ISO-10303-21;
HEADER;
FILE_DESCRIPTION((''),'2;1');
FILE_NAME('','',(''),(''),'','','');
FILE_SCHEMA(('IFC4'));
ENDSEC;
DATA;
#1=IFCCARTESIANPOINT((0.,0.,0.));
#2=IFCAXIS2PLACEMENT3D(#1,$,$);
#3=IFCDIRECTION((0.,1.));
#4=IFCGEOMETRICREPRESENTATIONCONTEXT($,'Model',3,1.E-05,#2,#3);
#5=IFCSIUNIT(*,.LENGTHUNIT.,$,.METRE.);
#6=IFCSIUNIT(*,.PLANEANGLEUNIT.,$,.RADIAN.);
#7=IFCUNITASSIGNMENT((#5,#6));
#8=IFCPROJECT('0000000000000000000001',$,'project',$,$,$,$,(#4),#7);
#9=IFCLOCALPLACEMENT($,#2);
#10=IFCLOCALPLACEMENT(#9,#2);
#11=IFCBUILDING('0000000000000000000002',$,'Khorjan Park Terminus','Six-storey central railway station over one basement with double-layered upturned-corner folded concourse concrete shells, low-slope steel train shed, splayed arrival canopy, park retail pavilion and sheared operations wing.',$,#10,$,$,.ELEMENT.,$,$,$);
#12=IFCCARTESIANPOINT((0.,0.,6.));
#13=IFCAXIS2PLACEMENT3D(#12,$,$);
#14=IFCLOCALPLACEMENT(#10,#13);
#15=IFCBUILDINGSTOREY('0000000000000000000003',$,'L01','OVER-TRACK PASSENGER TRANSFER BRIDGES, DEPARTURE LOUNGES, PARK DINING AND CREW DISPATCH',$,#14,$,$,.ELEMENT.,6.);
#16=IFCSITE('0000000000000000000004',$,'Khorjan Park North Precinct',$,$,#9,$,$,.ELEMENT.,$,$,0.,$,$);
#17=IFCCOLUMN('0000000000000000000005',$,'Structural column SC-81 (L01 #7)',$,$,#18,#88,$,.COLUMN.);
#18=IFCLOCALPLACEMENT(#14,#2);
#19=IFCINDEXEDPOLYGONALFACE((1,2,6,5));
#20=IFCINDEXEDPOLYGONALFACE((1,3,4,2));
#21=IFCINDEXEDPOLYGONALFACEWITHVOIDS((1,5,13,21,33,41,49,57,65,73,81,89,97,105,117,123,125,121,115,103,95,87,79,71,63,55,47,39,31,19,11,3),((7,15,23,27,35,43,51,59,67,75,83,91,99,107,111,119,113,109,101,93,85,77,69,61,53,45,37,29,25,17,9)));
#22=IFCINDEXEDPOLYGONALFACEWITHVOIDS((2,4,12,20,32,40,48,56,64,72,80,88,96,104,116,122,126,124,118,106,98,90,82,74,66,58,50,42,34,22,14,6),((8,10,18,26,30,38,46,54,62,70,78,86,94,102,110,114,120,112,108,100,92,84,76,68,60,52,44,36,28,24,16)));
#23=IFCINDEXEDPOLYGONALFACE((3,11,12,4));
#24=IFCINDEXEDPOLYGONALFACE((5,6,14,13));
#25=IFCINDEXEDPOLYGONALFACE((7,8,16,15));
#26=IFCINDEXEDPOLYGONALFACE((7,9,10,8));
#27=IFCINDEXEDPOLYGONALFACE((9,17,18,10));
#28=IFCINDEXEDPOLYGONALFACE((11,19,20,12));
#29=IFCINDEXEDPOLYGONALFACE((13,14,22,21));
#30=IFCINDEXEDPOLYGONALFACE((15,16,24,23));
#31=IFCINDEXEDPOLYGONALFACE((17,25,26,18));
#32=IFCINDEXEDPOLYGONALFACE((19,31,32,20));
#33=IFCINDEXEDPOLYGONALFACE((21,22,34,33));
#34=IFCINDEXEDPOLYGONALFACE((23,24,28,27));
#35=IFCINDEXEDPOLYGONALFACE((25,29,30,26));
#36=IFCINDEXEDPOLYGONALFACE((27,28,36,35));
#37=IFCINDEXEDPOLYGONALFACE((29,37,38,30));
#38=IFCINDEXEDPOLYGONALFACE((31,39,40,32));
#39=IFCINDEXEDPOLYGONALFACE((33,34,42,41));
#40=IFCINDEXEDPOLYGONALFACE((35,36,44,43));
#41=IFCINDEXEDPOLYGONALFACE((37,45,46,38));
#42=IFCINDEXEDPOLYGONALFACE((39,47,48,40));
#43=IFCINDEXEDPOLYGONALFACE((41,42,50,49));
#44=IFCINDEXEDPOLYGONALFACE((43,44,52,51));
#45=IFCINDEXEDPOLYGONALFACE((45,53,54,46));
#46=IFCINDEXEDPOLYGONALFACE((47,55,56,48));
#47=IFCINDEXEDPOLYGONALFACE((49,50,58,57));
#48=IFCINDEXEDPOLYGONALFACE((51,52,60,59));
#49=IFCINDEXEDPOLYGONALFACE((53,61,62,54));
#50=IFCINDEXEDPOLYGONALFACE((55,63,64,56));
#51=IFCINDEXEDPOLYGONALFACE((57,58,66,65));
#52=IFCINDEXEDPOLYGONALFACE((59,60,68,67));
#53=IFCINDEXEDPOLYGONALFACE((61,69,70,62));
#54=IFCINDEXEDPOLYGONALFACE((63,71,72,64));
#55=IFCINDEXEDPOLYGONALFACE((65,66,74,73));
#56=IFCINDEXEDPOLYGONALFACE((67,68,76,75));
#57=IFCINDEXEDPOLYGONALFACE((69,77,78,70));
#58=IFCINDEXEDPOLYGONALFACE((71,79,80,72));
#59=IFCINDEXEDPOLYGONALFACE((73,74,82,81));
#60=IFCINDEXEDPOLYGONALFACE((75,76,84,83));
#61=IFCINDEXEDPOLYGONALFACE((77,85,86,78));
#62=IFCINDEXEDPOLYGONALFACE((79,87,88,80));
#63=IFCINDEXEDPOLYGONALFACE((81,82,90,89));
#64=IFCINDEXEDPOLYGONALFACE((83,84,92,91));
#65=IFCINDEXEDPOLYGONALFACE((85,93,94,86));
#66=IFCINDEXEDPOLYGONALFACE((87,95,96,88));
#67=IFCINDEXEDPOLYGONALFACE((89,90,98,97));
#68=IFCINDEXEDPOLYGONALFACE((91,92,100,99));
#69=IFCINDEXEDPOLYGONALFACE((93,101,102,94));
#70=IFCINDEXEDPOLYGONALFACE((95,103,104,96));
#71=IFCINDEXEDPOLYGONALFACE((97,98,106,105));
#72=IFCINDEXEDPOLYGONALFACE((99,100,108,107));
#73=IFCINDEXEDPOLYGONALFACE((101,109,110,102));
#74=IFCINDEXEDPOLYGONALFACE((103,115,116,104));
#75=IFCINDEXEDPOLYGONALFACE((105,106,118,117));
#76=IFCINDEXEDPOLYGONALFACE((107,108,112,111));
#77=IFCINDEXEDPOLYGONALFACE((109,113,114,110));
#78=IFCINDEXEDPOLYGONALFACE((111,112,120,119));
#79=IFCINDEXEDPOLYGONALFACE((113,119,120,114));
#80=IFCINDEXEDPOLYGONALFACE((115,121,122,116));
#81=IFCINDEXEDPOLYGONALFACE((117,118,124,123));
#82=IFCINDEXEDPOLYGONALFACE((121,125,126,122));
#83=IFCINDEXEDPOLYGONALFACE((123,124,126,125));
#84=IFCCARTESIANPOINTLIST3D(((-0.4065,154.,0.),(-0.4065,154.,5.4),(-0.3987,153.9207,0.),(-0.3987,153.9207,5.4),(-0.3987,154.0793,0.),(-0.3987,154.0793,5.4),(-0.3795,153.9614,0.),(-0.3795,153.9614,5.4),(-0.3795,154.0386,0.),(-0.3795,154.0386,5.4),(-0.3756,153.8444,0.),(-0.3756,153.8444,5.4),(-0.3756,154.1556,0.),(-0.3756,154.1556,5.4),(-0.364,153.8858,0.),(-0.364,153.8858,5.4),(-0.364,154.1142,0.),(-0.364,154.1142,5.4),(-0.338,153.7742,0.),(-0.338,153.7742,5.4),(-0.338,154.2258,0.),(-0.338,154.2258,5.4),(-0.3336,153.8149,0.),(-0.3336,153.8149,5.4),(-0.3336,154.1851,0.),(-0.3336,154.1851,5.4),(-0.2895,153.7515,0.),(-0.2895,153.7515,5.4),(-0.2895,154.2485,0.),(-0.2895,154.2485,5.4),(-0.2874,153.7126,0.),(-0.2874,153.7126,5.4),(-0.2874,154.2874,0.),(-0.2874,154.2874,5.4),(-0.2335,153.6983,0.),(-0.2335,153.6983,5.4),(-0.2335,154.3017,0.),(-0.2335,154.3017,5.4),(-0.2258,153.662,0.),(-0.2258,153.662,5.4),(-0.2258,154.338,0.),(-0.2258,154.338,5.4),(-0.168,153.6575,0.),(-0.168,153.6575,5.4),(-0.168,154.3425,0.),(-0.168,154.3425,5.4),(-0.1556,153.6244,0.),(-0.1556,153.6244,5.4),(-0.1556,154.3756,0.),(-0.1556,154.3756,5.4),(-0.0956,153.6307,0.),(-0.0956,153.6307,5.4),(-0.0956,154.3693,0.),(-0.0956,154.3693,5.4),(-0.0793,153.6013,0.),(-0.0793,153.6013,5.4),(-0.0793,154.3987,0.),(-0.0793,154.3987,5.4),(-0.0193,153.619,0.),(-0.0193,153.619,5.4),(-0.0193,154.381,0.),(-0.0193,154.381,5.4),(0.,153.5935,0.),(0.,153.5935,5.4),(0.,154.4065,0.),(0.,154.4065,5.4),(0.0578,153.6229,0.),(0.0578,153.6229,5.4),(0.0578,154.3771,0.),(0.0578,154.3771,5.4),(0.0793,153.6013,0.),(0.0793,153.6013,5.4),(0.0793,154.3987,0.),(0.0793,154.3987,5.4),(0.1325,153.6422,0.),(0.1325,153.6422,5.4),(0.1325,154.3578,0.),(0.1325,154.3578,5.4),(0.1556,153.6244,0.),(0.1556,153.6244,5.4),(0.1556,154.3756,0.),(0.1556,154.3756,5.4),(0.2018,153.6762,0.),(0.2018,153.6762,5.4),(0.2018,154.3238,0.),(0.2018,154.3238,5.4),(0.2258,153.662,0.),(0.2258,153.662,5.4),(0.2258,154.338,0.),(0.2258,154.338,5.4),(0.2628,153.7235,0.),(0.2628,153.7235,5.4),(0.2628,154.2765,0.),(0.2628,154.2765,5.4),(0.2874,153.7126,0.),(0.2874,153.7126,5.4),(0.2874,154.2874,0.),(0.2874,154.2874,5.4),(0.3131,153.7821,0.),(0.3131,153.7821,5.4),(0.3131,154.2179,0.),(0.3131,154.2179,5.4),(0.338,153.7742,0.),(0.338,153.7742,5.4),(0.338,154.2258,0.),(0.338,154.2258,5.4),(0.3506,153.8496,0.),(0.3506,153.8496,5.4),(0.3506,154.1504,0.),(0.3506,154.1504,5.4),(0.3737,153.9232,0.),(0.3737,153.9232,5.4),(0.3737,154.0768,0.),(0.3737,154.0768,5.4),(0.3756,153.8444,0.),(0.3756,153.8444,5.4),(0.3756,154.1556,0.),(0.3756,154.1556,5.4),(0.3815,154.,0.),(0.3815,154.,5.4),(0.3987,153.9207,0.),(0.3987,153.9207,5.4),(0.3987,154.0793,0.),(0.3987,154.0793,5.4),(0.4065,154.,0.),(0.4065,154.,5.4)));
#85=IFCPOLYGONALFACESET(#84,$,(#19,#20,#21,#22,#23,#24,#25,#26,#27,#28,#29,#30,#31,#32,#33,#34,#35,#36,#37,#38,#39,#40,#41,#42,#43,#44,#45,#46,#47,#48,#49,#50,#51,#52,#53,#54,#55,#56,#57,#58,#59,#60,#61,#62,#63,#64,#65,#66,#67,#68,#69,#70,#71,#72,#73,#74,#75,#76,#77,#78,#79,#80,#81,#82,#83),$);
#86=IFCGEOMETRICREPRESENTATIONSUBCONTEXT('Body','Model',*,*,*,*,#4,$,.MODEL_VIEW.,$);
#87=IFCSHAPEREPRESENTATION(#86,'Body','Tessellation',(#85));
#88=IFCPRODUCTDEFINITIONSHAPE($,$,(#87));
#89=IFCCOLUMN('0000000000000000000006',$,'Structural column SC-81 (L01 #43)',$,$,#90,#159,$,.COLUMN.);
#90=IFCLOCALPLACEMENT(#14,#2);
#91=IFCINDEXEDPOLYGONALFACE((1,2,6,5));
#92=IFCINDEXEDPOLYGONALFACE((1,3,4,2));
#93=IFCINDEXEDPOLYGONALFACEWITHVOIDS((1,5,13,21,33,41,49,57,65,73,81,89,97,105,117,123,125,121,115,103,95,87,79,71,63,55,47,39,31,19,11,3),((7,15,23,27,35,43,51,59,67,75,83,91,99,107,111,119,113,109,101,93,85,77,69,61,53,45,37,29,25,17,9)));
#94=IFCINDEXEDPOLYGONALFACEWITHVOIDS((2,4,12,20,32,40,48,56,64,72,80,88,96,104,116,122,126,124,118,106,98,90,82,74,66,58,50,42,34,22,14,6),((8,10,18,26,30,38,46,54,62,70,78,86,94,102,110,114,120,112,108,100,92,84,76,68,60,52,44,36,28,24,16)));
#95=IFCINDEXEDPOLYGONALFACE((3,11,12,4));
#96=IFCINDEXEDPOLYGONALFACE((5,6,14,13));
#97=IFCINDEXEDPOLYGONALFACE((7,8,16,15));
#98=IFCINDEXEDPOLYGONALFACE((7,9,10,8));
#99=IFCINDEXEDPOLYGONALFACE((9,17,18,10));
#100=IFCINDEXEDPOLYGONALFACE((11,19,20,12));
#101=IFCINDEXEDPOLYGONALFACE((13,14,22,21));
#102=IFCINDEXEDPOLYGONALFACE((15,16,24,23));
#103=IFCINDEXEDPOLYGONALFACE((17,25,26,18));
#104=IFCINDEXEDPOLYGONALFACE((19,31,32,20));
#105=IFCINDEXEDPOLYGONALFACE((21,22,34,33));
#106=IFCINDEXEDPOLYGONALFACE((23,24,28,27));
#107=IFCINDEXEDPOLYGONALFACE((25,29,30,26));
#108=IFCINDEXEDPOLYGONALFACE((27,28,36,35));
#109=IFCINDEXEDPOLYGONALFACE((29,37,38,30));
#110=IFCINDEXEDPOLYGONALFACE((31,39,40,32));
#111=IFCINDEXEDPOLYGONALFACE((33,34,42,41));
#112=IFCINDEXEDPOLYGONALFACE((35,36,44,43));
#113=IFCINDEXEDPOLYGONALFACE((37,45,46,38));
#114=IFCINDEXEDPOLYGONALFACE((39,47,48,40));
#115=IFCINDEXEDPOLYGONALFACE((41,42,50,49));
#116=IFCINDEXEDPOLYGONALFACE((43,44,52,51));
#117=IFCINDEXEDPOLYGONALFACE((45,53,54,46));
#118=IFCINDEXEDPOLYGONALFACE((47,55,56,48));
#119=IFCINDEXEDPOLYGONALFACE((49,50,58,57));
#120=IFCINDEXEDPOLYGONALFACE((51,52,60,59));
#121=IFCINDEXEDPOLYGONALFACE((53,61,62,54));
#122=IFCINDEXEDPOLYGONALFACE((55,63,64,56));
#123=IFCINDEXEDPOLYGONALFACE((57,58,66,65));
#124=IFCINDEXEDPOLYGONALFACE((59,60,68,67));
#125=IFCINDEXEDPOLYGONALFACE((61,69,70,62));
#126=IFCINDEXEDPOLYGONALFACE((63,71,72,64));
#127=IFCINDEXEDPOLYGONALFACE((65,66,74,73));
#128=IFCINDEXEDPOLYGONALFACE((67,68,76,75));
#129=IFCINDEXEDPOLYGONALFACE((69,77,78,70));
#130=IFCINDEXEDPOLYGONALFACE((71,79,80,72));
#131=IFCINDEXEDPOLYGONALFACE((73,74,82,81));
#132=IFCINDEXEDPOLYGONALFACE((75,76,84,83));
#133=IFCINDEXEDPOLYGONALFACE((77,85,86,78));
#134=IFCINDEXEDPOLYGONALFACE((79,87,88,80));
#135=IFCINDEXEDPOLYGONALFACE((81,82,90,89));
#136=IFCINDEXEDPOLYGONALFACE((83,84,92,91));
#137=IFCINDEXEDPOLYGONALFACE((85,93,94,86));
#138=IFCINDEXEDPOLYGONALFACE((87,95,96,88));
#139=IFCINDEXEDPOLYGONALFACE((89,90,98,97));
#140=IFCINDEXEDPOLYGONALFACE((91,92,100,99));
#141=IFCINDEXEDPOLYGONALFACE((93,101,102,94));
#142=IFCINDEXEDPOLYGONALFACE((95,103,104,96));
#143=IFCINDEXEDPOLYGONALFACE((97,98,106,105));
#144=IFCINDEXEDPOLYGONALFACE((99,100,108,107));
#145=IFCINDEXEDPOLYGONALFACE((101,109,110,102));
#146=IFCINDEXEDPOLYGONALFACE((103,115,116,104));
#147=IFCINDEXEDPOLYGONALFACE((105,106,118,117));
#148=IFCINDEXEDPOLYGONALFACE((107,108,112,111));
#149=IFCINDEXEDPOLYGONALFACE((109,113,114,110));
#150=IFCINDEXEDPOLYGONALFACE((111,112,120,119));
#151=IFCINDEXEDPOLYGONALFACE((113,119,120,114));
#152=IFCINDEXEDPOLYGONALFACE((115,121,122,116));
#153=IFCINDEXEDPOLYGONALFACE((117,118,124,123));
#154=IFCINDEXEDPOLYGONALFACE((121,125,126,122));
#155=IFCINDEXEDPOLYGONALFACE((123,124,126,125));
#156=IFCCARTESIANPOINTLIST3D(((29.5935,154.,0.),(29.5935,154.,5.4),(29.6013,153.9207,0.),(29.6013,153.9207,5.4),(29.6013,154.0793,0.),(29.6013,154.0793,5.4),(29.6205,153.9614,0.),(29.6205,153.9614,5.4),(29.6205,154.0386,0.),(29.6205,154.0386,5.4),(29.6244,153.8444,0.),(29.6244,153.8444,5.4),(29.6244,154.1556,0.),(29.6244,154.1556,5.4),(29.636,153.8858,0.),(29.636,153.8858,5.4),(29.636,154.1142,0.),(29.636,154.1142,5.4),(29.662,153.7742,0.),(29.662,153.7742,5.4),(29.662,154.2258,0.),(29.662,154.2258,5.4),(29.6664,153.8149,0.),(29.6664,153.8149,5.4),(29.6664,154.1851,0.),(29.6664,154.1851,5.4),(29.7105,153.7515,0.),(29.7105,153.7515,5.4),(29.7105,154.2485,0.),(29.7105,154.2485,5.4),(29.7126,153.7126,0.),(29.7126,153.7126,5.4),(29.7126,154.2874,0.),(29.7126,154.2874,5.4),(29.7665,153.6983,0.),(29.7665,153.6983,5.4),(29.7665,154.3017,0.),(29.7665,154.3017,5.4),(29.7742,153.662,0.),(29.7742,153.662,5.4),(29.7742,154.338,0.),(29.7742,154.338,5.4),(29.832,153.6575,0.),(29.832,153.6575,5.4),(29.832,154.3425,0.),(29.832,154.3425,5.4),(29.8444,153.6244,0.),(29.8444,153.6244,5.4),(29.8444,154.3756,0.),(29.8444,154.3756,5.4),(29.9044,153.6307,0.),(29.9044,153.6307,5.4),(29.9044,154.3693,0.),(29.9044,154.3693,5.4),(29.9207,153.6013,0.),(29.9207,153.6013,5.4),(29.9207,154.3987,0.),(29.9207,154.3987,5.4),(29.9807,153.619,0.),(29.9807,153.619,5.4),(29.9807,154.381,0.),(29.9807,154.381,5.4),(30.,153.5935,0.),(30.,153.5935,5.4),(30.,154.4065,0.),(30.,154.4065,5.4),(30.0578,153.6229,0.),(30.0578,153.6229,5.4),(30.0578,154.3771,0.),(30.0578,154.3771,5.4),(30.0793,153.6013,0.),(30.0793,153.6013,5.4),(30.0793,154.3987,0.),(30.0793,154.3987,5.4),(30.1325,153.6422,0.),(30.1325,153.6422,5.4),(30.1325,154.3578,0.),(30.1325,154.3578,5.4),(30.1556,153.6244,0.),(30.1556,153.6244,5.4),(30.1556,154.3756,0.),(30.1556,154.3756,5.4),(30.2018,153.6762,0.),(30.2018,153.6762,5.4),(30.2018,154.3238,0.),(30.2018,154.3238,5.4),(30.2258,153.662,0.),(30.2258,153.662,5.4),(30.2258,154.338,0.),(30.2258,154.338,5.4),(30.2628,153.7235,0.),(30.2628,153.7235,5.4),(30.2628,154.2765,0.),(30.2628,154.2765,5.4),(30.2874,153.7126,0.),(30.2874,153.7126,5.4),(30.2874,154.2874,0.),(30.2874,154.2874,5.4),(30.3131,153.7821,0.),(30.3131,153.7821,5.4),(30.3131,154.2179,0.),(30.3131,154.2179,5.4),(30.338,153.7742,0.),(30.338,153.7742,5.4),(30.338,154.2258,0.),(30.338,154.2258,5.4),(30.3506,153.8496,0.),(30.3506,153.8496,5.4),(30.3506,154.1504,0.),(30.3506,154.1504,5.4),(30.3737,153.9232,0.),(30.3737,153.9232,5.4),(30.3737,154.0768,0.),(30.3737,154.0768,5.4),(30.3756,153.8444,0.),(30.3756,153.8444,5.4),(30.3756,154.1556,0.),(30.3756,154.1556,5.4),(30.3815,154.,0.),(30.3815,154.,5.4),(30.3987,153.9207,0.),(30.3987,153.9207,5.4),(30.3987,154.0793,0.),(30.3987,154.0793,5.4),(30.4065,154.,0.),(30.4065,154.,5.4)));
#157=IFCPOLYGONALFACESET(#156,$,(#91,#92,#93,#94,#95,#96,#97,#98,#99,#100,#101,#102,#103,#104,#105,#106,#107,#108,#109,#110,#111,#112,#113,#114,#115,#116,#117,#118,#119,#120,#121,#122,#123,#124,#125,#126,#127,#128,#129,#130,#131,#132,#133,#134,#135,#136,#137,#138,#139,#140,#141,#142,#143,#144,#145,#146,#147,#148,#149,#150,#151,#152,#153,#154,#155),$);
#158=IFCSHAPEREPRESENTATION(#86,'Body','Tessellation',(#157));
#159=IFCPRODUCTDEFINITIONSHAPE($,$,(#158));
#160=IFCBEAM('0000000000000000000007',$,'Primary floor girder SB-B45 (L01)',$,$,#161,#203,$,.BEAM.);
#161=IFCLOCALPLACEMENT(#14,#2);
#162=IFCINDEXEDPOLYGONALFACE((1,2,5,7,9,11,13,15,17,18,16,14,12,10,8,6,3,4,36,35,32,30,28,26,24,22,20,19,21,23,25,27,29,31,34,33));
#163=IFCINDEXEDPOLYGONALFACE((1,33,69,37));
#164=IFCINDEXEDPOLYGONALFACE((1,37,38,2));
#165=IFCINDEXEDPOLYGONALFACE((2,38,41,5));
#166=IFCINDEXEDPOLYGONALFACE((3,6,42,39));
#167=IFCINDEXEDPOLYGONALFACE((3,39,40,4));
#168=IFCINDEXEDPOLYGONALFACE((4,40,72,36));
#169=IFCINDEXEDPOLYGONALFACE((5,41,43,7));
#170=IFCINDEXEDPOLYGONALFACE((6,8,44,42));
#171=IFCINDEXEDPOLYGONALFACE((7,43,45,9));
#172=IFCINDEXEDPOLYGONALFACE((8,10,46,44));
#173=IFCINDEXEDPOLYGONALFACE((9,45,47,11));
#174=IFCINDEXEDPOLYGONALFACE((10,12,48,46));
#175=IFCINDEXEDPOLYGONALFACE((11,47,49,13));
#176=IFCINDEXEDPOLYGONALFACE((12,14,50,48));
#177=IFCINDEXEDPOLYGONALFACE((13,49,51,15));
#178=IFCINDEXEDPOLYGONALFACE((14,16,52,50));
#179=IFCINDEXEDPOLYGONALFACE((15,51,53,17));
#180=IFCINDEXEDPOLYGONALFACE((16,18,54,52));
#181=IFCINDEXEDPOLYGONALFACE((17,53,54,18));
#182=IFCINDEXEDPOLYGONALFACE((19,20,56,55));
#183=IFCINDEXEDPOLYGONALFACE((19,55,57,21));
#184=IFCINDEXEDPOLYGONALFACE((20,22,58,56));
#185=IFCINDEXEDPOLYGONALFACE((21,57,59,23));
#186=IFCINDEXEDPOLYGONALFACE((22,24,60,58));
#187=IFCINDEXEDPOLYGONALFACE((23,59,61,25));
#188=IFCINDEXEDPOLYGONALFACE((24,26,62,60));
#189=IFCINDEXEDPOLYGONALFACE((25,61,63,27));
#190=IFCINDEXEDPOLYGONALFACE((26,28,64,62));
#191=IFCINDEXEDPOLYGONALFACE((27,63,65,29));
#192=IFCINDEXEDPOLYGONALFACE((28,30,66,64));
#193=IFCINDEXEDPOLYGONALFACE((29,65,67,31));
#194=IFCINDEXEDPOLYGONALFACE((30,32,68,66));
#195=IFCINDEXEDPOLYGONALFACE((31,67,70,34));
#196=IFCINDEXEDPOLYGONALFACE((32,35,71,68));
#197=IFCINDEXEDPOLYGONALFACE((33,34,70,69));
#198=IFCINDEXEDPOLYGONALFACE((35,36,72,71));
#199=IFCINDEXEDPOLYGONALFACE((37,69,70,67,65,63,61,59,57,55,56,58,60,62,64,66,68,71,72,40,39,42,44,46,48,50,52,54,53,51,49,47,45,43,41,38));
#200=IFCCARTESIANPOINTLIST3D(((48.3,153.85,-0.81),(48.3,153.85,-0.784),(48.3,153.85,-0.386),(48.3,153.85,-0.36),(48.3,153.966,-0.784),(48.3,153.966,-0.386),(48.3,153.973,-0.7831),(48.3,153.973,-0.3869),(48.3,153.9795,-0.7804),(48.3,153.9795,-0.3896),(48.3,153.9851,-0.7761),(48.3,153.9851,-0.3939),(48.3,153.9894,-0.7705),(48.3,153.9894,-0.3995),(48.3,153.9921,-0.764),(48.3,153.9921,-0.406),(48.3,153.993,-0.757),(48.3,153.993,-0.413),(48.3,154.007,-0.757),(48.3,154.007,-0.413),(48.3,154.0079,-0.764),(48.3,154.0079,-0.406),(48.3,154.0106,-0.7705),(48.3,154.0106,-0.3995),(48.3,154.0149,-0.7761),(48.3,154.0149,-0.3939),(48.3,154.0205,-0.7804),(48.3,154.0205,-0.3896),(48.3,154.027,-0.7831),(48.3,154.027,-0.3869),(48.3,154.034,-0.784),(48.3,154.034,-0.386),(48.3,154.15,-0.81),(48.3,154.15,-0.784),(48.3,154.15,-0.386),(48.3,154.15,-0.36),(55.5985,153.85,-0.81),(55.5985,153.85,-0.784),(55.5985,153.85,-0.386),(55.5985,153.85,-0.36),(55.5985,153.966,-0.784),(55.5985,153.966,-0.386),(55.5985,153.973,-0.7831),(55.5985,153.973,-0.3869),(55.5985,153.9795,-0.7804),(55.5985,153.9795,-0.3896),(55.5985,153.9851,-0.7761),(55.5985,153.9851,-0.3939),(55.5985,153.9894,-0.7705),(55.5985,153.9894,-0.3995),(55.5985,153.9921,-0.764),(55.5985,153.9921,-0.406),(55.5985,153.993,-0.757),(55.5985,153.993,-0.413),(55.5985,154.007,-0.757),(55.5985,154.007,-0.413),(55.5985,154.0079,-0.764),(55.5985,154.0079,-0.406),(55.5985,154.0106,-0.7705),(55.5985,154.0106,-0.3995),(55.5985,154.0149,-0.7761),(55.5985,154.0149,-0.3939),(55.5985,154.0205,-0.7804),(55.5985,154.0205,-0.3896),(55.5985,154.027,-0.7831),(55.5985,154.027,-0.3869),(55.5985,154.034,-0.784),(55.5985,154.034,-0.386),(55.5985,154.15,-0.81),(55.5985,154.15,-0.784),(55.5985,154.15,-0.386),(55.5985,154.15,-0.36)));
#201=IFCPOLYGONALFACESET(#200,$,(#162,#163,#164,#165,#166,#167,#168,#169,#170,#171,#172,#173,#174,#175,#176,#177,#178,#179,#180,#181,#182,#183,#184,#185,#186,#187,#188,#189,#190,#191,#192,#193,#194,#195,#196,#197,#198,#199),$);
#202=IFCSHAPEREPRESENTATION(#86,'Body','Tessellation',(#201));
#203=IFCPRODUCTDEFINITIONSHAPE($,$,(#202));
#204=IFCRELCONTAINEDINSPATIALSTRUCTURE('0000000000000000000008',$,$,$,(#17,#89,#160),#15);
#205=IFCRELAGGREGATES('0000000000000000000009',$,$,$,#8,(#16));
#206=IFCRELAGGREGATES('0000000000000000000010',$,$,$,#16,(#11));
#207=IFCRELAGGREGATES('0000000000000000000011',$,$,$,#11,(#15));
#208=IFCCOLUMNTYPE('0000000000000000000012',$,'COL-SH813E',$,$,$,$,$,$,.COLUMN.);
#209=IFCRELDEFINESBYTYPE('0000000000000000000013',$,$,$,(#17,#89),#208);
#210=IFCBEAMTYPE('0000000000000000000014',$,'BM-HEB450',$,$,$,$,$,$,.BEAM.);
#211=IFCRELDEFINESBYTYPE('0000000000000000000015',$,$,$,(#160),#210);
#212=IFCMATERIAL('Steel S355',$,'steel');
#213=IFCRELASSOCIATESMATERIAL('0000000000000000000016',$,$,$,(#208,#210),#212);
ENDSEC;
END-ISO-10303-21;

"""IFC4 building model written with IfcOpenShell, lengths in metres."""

from ifc_helpers import new_model, si_unit, direction, frame, origin, origin_2d, place, context, subcontext, project, spatial, hollow_circle, i_section, extrude, material, material_profile, profile_set, type_object, element, save


model = new_model("IFC4")

# Units and contexts
model_context = context("Model", 3, precision=1e-05, world=origin(), true_north=direction((0.0, 1.0)))
body_context = subcontext(model_context, "Body", "Model", "MODEL_VIEW")
ifc_project = project(units=[si_unit("LENGTHUNIT", "METRE"), si_unit("PLANEANGLEUNIT", "RADIAN")], contexts=[model_context])

# Site, building, storey
site_placement = place(None, origin())
site = spatial("IfcSite", under=ifc_project, at=site_placement, Name="Khorjan Park North Precinct", CompositionType="ELEMENT", RefElevation=0.0)
building_placement = place(site_placement, origin())
building = spatial("IfcBuilding", under=site, at=building_placement, Name="Khorjan Park Terminus", Description="Six-storey central railway station over one basement with double-layered upturned-corner folded concourse concrete shells, low-slope steel train shed, splayed arrival canopy, park retail pavilion and sheared operations wing.", CompositionType="ELEMENT")
storey_placement = place(building_placement, frame((0.0, 0.0, 6.0)))
storey = spatial("IfcBuildingStorey", under=building, at=storey_placement, Name="L01", Description="OVER-TRACK PASSENGER TRANSFER BRIDGES, DEPARTURE LOUNGES, PARK DINING AND CREW DISPATCH", CompositionType="ELEMENT", Elevation=6.0)

# Columns
ifc_material_1 = material(Name="Steel S355", Category="steel")
ifc_material_profile_1 = material_profile(ifc_material_1, hollow_circle(Radius=0.4065, WallThickness=0.025, at=origin_2d()), Name="CHS 813x25")
ifc_profile_set_1 = profile_set([ifc_material_profile_1], Name="Steel S355")
column_type_1 = type_object("IfcColumnType", Name="COL-SH813E", PredefinedType="COLUMN", material=ifc_profile_set_1)
for number, where, z_axis, x_axis, name in (
    (1, (0.0, 154.0, 0.0), (0.0, 0.0, 1.0), (1.0, 0.0, 0.0), "Structural column SC-81 (L01 #7)"),
    (2, (30.0, 154.0, 0.0), (0.0, 0.0, 1.0), (1.0, 0.0, 0.0), "Structural column SC-81 (L01 #43)"),
):
    element("IfcColumn", number, at=place(storey_placement, frame(where, z_axis=z_axis, x_axis=x_axis)), inside=storey, type_object=column_type_1, Name=name, PredefinedType="COLUMN", context=body_context, shape_type="SweptSolid", body=[
        extrude(hollow_circle(Radius=0.4065, WallThickness=0.025, at=origin_2d()), origin(), (0.0, 0.0, 1.0), 5.4),
    ])

# Beam
ifc_material_profile_2 = material_profile(ifc_material_1, i_section(OverallWidth=0.3, OverallDepth=0.45, WebThickness=0.014, FlangeThickness=0.026, FilletRadius=0.027, at=origin_2d()), Name="HEB 450")
ifc_profile_set_2 = profile_set([ifc_material_profile_2], Name="Steel S355")
beam_type = type_object("IfcBeamType", Name="BM-HEB450", PredefinedType="BEAM", material=ifc_profile_set_2)
beam_placement = place(storey_placement, frame((48.3, 154.0, -0.585), z_axis=(1.0, 0.0, 0.0), x_axis=(0.0, 1.0, 0.0)))
element("IfcBeam", 3, at=beam_placement, inside=storey, type_object=beam_type, Name="Primary floor girder SB-B45 (L01)", PredefinedType="BEAM", context=body_context, shape_type="SweptSolid", body=[
    extrude(i_section(OverallWidth=0.3, OverallDepth=0.45, WebThickness=0.014, FlangeThickness=0.026, FilletRadius=0.027, at=origin_2d()), origin(), (0.0, 0.0, 1.0), 7.2985),
])

save(model, "model.ifc")
